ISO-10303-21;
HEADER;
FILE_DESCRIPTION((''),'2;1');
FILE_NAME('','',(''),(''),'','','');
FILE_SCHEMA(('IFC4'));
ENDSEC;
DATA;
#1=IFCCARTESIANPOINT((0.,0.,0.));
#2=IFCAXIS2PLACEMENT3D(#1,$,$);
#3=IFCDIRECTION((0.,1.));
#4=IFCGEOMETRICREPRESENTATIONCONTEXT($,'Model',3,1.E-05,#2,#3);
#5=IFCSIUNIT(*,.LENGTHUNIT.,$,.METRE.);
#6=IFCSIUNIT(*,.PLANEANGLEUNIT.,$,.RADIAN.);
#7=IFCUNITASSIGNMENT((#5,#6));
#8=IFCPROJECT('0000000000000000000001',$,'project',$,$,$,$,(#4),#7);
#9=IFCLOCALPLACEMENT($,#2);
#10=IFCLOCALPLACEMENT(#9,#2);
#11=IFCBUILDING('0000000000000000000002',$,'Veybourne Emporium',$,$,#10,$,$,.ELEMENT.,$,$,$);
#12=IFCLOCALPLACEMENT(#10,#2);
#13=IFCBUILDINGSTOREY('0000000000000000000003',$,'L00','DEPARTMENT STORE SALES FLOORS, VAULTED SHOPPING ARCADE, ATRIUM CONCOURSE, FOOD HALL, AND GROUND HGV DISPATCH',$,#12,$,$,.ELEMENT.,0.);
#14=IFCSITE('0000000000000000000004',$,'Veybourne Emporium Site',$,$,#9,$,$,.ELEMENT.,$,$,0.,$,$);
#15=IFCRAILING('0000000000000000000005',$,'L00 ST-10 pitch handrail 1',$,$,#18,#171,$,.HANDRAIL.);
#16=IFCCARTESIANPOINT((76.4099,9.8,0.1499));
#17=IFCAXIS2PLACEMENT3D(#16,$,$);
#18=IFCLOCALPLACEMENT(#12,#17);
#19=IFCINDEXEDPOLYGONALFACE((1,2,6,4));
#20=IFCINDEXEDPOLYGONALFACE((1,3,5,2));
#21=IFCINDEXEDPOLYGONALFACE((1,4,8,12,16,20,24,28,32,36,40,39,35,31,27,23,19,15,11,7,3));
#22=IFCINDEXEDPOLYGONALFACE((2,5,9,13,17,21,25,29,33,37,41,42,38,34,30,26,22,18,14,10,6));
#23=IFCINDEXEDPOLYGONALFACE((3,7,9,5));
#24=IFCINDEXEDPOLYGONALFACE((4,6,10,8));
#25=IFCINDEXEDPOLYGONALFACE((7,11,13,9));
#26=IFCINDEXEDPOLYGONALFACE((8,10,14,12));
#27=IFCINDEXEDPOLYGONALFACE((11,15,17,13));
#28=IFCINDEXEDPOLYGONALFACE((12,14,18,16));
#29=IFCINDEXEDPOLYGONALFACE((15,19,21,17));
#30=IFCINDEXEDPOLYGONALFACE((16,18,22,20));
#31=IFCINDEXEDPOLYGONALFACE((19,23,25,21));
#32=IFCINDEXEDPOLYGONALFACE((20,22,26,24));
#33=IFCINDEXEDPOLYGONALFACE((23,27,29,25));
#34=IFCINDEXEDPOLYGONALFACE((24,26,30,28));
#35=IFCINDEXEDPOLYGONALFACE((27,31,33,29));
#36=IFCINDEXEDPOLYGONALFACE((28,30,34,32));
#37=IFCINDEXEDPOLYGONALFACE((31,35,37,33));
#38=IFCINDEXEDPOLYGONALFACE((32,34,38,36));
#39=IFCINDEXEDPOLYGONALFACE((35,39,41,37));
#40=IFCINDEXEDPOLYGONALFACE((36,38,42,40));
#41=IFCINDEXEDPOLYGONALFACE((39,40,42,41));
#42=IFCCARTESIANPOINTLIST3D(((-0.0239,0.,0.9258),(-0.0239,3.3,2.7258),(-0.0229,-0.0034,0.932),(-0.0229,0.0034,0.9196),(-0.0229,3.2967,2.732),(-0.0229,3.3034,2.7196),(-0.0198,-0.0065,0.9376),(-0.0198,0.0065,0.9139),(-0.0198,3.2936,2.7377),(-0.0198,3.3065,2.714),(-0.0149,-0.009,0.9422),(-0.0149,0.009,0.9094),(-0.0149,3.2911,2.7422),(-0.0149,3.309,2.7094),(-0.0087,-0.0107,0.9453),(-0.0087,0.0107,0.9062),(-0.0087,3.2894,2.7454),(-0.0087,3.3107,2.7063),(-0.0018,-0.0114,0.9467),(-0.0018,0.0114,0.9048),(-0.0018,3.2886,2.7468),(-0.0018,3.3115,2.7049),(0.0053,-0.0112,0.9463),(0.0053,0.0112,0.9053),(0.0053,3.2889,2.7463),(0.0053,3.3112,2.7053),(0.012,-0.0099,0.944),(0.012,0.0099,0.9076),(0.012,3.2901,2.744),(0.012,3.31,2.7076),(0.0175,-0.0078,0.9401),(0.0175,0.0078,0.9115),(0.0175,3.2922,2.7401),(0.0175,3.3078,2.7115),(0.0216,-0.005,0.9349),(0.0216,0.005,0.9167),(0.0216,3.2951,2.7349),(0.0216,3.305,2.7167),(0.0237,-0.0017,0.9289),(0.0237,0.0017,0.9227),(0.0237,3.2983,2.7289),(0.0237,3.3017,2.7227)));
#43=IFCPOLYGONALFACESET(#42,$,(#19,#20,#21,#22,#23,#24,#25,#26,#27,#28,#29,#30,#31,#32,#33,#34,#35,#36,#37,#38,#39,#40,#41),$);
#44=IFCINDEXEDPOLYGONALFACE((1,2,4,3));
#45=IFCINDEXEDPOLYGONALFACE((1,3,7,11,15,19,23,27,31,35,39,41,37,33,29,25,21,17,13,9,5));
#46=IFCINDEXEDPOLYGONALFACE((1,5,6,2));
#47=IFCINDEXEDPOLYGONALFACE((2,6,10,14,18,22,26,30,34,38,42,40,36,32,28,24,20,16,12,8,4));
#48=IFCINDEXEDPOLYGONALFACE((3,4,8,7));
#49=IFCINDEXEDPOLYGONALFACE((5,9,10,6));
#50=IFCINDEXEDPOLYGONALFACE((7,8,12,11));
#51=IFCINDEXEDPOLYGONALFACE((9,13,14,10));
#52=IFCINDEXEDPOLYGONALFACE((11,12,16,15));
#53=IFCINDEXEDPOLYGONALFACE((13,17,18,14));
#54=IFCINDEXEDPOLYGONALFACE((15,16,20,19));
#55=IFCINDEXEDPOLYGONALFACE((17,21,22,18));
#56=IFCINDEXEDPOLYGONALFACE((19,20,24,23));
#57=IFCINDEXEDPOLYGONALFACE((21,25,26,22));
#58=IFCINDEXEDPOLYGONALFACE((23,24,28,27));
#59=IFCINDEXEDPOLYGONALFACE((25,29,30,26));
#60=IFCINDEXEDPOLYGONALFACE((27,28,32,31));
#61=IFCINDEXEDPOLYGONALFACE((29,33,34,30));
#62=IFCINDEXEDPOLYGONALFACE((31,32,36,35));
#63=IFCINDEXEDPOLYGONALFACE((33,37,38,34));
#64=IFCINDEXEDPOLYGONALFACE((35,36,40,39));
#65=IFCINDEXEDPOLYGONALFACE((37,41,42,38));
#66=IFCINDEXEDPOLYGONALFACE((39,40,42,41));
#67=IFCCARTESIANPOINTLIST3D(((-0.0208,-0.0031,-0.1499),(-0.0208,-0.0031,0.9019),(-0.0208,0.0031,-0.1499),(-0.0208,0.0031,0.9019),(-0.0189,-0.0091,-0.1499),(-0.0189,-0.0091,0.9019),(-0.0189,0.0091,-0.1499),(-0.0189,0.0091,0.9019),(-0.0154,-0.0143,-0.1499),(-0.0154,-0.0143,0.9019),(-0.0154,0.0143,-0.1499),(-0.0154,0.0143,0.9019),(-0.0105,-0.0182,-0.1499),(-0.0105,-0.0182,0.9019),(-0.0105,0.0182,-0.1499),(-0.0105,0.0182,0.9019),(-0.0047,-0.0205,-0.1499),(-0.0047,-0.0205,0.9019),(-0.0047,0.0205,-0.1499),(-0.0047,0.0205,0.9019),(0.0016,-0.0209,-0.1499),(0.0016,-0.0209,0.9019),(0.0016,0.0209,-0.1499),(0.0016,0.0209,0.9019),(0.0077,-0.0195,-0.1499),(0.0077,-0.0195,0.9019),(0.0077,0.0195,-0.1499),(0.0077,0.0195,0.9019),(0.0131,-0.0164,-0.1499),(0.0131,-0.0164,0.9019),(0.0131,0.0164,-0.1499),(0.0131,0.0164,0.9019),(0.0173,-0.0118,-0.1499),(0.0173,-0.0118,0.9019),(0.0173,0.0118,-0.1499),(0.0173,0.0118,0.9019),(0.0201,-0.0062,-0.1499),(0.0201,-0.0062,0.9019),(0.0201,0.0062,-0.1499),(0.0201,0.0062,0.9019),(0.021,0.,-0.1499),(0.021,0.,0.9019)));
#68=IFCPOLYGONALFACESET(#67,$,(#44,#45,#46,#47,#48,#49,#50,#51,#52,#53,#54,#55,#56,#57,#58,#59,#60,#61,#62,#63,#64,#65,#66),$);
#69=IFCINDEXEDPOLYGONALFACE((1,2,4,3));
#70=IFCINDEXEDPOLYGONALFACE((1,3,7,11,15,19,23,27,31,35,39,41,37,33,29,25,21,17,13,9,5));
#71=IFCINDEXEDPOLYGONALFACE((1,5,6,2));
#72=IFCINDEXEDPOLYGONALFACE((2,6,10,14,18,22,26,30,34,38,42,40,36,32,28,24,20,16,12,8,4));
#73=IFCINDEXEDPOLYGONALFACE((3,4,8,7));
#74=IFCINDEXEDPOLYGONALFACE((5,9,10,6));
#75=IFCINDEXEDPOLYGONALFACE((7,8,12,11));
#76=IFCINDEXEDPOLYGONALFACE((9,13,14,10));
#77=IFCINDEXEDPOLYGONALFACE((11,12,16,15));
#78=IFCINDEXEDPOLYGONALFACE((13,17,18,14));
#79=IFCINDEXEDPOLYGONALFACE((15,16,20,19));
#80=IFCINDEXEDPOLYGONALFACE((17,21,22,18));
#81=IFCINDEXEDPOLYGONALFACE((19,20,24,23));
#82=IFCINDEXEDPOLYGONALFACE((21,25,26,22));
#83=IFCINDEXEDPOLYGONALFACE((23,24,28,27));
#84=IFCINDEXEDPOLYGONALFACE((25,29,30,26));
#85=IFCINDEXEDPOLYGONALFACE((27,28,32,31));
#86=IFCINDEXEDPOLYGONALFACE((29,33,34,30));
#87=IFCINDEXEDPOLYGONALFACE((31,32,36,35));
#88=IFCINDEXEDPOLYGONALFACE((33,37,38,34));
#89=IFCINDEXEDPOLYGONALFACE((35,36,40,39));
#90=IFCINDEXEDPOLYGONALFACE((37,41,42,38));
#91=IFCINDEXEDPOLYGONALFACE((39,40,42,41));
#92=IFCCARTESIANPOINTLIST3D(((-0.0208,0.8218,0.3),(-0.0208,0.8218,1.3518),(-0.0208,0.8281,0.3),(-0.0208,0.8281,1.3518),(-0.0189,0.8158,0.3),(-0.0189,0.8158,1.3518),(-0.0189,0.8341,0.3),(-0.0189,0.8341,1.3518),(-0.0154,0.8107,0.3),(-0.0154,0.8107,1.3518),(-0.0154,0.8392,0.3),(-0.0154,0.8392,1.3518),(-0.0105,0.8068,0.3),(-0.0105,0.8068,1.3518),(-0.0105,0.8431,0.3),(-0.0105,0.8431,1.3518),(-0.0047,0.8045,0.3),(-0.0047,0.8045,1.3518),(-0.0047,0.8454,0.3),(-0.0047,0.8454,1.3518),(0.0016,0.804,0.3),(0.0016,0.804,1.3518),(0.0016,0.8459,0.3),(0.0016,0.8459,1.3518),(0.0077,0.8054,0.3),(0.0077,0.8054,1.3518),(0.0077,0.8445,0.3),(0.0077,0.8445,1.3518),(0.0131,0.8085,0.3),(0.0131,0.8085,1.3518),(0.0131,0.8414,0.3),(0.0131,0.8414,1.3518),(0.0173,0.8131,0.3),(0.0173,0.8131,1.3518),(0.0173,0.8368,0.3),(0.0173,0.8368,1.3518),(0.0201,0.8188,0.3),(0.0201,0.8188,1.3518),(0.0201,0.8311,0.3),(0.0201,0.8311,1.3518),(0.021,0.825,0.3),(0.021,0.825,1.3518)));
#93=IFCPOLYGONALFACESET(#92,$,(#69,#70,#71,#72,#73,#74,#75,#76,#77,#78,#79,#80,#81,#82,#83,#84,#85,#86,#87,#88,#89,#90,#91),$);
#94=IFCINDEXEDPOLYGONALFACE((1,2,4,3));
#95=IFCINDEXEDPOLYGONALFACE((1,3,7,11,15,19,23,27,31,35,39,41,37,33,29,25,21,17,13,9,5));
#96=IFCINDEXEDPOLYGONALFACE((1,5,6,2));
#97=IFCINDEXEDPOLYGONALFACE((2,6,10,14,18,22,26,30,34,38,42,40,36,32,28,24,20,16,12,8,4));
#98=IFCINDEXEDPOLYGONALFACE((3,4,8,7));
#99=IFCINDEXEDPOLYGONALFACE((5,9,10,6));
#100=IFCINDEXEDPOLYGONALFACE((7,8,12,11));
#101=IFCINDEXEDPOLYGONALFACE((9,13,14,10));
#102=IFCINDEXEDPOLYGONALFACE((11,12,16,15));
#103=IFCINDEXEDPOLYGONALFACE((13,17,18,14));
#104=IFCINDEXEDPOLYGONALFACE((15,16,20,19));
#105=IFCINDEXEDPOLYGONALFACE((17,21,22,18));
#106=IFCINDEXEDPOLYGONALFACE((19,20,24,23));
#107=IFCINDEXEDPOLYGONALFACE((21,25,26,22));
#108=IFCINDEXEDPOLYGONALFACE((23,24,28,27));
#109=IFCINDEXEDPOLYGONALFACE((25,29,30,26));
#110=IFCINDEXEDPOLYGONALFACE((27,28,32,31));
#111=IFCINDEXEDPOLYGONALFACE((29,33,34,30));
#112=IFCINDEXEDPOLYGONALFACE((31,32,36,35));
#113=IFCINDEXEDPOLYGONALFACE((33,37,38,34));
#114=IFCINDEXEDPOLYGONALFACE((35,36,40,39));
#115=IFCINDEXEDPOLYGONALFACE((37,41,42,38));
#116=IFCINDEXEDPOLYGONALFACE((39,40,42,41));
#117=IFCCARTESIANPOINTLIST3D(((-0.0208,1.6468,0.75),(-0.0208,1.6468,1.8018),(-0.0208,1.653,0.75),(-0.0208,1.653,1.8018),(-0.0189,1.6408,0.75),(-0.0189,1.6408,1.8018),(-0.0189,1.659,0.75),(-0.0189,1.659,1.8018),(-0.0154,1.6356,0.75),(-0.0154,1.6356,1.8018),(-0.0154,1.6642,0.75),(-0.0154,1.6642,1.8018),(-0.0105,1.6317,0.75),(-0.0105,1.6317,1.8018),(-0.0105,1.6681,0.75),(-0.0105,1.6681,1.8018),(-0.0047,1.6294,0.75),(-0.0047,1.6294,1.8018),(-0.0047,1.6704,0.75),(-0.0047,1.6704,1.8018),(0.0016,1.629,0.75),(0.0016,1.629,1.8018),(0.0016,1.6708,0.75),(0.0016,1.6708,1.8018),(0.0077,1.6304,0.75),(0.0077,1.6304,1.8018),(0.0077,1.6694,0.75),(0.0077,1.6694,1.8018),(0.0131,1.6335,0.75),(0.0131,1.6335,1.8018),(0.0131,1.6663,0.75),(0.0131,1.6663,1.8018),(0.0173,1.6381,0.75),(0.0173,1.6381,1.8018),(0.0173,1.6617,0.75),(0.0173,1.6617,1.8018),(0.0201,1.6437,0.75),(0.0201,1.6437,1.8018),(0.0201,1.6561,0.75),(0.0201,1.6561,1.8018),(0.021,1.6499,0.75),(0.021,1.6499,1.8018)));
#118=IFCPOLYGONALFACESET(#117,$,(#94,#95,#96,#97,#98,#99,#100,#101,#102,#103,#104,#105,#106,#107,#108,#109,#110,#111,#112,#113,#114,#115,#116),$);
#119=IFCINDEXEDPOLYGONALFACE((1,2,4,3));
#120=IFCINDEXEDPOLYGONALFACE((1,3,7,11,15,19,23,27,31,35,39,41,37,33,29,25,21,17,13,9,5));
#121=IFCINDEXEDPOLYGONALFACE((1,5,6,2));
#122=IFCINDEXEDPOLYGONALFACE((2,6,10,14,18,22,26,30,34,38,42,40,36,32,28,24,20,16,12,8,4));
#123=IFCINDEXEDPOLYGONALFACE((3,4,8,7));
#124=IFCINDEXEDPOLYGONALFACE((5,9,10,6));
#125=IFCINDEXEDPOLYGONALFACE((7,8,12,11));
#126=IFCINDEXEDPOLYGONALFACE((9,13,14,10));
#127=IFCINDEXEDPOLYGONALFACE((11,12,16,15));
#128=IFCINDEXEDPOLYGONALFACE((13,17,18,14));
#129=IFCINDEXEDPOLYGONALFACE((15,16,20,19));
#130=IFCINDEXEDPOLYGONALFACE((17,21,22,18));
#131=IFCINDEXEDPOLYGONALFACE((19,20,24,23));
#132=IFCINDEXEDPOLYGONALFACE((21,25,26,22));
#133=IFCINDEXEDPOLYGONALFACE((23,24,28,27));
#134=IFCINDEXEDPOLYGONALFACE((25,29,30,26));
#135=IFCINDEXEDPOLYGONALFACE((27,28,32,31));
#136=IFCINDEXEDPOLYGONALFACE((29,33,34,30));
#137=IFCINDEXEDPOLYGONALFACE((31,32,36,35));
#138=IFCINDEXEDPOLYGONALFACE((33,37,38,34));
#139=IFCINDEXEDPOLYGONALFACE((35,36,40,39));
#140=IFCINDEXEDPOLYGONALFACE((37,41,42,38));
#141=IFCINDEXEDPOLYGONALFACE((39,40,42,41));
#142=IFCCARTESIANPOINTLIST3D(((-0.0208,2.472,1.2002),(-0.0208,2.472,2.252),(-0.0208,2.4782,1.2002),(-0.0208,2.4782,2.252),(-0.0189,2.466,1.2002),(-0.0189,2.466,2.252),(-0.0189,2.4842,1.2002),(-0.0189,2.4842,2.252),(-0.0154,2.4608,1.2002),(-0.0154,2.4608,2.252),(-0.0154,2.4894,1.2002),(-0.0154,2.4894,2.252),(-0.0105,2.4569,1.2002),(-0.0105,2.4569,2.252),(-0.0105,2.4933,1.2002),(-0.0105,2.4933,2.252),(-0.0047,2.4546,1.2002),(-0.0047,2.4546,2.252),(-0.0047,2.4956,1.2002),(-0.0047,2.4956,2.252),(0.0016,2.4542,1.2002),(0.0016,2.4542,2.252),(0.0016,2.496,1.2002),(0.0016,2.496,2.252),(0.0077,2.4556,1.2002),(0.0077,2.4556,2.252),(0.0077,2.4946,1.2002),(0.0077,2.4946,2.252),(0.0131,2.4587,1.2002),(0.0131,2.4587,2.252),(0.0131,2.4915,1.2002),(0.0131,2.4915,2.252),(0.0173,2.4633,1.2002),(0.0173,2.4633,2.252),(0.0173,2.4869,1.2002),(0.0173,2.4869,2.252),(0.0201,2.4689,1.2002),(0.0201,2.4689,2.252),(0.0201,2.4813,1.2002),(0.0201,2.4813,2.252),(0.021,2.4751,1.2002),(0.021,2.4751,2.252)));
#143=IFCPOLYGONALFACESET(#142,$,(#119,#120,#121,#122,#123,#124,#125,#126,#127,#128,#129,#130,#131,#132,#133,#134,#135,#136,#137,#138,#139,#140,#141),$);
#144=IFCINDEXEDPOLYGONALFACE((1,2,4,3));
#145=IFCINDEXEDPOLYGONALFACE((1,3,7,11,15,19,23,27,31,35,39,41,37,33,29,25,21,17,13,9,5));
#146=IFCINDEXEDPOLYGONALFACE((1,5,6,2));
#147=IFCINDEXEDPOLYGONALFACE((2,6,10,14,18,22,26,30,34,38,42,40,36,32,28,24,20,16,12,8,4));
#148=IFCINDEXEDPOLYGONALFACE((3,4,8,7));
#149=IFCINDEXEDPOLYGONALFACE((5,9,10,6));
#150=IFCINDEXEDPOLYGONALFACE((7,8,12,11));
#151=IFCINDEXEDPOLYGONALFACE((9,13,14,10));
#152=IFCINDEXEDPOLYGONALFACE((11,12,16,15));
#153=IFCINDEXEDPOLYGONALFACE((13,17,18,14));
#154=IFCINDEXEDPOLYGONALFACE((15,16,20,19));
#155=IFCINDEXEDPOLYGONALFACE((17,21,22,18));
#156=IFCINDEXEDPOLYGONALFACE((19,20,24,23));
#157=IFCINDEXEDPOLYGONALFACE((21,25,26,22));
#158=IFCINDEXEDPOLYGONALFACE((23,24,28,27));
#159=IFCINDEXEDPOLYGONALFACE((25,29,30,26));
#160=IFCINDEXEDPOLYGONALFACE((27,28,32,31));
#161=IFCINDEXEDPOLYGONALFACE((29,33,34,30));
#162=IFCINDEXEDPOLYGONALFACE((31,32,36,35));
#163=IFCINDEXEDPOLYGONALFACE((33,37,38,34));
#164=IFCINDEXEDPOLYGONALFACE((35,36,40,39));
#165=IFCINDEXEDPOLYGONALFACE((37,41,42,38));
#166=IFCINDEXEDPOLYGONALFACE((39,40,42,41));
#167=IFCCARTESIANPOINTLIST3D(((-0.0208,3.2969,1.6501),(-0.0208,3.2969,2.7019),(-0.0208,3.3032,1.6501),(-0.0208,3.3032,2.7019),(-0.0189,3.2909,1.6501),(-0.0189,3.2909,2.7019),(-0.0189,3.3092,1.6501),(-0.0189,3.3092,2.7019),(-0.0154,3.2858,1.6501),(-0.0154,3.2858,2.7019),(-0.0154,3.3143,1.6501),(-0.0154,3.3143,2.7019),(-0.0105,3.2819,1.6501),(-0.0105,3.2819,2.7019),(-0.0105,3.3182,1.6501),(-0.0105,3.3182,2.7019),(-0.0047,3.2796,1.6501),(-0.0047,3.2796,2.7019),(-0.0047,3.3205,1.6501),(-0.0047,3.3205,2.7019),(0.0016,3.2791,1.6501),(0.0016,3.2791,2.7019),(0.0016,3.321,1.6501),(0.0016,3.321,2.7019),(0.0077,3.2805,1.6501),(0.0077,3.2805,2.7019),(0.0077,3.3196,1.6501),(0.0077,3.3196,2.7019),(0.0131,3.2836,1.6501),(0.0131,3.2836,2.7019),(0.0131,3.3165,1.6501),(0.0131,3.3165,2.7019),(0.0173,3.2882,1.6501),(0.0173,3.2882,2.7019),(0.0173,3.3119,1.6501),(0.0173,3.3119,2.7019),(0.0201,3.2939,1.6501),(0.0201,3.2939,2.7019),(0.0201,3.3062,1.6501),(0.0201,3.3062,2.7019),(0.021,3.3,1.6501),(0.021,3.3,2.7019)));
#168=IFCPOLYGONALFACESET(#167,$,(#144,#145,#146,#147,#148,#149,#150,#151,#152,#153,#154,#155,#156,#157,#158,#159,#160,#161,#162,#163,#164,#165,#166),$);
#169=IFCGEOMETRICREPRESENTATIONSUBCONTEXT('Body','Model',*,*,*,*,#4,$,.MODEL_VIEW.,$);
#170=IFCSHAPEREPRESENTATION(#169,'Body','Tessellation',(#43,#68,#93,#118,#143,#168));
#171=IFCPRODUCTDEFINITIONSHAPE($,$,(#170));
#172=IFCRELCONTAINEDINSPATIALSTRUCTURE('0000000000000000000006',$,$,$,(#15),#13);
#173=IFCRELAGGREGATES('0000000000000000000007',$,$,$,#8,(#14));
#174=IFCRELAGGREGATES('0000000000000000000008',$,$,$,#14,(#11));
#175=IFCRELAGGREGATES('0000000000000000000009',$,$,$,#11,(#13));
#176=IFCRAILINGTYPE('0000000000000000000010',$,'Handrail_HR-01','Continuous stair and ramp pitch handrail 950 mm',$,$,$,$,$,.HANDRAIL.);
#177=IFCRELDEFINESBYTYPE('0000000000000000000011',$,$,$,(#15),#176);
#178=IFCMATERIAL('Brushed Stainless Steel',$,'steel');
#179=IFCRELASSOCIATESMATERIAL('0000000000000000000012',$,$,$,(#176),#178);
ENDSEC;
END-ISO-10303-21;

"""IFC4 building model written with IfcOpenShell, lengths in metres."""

from ifc_helpers import new_model, si_unit, direction, frame, origin, origin_2d, place, context, subcontext, project, spatial, circle, extrude, material, type_object, element, save


model = new_model("IFC4")

# Units and contexts
model_context = context("Model", 3, precision=1e-05, world=origin(), true_north=direction((0.0, 1.0)))
body_context = subcontext(model_context, "Body", "Model", "MODEL_VIEW")
ifc_project = project(units=[si_unit("LENGTHUNIT", "METRE"), si_unit("PLANEANGLEUNIT", "RADIAN")], contexts=[model_context])

# Site, building, storey
site_placement = place(None, origin())
site = spatial("IfcSite", under=ifc_project, at=site_placement, Name="Veybourne Emporium Site", CompositionType="ELEMENT", RefElevation=0.0)
building_placement = place(site_placement, origin())
building = spatial("IfcBuilding", under=site, at=building_placement, Name="Veybourne Emporium", CompositionType="ELEMENT")
storey_placement = place(building_placement, origin())
storey = spatial("IfcBuildingStorey", under=building, at=storey_placement, Name="L00", Description="DEPARTMENT STORE SALES FLOORS, VAULTED SHOPPING ARCADE, ATRIUM CONCOURSE, FOOD HALL, AND GROUND HGV DISPATCH", CompositionType="ELEMENT", Elevation=0.0)

# Railing
ifc_material_1 = material(Name="Brushed Stainless Steel", Category="steel")
railing_type_1 = type_object("IfcRailingType", Name="Handrail_HR-01", Description="Continuous stair and ramp pitch handrail 950 mm", PredefinedType="HANDRAIL", material=ifc_material_1)
railing_1_placement = place(storey_placement, frame((76.4099, 9.8, 0.1499)))
element("IfcRailing", 1, at=railing_1_placement, inside=storey, type_object=railing_type_1, Name="L00 ST-10 pitch handrail 1", PredefinedType="HANDRAIL", context=body_context, shape_type="SweptSolid", body=[
    extrude(circle(Radius=0.0239, at=origin_2d()), frame((0.0, 0.0, 0.9258), z_axis=(0.0, 0.877893, 0.478857), x_axis=(-1.0, 0.0, 0.0)), (0.0, 0.0, 1.0), 3.759),
    extrude(circle(Radius=0.021, at=origin_2d()), frame((0.0, 0.0, -0.1499)), (0.0, 0.0, 1.0), 1.0518),
    extrude(circle(Radius=0.021, at=origin_2d()), frame((0.0, 0.825, 0.3)), (0.0, 0.0, 1.0), 1.0518),
    extrude(circle(Radius=0.021, at=origin_2d()), frame((0.0, 1.6499, 0.75)), (0.0, 0.0, 1.0), 1.0518),
    extrude(circle(Radius=0.021, at=origin_2d()), frame((0.0, 2.4751, 1.2002)), (0.0, 0.0, 1.0), 1.0518),
    extrude(circle(Radius=0.021, at=origin_2d()), frame((0.0, 3.3, 1.6501)), (0.0, 0.0, 1.0), 1.0518),
])

save(model, "model.ifc")
